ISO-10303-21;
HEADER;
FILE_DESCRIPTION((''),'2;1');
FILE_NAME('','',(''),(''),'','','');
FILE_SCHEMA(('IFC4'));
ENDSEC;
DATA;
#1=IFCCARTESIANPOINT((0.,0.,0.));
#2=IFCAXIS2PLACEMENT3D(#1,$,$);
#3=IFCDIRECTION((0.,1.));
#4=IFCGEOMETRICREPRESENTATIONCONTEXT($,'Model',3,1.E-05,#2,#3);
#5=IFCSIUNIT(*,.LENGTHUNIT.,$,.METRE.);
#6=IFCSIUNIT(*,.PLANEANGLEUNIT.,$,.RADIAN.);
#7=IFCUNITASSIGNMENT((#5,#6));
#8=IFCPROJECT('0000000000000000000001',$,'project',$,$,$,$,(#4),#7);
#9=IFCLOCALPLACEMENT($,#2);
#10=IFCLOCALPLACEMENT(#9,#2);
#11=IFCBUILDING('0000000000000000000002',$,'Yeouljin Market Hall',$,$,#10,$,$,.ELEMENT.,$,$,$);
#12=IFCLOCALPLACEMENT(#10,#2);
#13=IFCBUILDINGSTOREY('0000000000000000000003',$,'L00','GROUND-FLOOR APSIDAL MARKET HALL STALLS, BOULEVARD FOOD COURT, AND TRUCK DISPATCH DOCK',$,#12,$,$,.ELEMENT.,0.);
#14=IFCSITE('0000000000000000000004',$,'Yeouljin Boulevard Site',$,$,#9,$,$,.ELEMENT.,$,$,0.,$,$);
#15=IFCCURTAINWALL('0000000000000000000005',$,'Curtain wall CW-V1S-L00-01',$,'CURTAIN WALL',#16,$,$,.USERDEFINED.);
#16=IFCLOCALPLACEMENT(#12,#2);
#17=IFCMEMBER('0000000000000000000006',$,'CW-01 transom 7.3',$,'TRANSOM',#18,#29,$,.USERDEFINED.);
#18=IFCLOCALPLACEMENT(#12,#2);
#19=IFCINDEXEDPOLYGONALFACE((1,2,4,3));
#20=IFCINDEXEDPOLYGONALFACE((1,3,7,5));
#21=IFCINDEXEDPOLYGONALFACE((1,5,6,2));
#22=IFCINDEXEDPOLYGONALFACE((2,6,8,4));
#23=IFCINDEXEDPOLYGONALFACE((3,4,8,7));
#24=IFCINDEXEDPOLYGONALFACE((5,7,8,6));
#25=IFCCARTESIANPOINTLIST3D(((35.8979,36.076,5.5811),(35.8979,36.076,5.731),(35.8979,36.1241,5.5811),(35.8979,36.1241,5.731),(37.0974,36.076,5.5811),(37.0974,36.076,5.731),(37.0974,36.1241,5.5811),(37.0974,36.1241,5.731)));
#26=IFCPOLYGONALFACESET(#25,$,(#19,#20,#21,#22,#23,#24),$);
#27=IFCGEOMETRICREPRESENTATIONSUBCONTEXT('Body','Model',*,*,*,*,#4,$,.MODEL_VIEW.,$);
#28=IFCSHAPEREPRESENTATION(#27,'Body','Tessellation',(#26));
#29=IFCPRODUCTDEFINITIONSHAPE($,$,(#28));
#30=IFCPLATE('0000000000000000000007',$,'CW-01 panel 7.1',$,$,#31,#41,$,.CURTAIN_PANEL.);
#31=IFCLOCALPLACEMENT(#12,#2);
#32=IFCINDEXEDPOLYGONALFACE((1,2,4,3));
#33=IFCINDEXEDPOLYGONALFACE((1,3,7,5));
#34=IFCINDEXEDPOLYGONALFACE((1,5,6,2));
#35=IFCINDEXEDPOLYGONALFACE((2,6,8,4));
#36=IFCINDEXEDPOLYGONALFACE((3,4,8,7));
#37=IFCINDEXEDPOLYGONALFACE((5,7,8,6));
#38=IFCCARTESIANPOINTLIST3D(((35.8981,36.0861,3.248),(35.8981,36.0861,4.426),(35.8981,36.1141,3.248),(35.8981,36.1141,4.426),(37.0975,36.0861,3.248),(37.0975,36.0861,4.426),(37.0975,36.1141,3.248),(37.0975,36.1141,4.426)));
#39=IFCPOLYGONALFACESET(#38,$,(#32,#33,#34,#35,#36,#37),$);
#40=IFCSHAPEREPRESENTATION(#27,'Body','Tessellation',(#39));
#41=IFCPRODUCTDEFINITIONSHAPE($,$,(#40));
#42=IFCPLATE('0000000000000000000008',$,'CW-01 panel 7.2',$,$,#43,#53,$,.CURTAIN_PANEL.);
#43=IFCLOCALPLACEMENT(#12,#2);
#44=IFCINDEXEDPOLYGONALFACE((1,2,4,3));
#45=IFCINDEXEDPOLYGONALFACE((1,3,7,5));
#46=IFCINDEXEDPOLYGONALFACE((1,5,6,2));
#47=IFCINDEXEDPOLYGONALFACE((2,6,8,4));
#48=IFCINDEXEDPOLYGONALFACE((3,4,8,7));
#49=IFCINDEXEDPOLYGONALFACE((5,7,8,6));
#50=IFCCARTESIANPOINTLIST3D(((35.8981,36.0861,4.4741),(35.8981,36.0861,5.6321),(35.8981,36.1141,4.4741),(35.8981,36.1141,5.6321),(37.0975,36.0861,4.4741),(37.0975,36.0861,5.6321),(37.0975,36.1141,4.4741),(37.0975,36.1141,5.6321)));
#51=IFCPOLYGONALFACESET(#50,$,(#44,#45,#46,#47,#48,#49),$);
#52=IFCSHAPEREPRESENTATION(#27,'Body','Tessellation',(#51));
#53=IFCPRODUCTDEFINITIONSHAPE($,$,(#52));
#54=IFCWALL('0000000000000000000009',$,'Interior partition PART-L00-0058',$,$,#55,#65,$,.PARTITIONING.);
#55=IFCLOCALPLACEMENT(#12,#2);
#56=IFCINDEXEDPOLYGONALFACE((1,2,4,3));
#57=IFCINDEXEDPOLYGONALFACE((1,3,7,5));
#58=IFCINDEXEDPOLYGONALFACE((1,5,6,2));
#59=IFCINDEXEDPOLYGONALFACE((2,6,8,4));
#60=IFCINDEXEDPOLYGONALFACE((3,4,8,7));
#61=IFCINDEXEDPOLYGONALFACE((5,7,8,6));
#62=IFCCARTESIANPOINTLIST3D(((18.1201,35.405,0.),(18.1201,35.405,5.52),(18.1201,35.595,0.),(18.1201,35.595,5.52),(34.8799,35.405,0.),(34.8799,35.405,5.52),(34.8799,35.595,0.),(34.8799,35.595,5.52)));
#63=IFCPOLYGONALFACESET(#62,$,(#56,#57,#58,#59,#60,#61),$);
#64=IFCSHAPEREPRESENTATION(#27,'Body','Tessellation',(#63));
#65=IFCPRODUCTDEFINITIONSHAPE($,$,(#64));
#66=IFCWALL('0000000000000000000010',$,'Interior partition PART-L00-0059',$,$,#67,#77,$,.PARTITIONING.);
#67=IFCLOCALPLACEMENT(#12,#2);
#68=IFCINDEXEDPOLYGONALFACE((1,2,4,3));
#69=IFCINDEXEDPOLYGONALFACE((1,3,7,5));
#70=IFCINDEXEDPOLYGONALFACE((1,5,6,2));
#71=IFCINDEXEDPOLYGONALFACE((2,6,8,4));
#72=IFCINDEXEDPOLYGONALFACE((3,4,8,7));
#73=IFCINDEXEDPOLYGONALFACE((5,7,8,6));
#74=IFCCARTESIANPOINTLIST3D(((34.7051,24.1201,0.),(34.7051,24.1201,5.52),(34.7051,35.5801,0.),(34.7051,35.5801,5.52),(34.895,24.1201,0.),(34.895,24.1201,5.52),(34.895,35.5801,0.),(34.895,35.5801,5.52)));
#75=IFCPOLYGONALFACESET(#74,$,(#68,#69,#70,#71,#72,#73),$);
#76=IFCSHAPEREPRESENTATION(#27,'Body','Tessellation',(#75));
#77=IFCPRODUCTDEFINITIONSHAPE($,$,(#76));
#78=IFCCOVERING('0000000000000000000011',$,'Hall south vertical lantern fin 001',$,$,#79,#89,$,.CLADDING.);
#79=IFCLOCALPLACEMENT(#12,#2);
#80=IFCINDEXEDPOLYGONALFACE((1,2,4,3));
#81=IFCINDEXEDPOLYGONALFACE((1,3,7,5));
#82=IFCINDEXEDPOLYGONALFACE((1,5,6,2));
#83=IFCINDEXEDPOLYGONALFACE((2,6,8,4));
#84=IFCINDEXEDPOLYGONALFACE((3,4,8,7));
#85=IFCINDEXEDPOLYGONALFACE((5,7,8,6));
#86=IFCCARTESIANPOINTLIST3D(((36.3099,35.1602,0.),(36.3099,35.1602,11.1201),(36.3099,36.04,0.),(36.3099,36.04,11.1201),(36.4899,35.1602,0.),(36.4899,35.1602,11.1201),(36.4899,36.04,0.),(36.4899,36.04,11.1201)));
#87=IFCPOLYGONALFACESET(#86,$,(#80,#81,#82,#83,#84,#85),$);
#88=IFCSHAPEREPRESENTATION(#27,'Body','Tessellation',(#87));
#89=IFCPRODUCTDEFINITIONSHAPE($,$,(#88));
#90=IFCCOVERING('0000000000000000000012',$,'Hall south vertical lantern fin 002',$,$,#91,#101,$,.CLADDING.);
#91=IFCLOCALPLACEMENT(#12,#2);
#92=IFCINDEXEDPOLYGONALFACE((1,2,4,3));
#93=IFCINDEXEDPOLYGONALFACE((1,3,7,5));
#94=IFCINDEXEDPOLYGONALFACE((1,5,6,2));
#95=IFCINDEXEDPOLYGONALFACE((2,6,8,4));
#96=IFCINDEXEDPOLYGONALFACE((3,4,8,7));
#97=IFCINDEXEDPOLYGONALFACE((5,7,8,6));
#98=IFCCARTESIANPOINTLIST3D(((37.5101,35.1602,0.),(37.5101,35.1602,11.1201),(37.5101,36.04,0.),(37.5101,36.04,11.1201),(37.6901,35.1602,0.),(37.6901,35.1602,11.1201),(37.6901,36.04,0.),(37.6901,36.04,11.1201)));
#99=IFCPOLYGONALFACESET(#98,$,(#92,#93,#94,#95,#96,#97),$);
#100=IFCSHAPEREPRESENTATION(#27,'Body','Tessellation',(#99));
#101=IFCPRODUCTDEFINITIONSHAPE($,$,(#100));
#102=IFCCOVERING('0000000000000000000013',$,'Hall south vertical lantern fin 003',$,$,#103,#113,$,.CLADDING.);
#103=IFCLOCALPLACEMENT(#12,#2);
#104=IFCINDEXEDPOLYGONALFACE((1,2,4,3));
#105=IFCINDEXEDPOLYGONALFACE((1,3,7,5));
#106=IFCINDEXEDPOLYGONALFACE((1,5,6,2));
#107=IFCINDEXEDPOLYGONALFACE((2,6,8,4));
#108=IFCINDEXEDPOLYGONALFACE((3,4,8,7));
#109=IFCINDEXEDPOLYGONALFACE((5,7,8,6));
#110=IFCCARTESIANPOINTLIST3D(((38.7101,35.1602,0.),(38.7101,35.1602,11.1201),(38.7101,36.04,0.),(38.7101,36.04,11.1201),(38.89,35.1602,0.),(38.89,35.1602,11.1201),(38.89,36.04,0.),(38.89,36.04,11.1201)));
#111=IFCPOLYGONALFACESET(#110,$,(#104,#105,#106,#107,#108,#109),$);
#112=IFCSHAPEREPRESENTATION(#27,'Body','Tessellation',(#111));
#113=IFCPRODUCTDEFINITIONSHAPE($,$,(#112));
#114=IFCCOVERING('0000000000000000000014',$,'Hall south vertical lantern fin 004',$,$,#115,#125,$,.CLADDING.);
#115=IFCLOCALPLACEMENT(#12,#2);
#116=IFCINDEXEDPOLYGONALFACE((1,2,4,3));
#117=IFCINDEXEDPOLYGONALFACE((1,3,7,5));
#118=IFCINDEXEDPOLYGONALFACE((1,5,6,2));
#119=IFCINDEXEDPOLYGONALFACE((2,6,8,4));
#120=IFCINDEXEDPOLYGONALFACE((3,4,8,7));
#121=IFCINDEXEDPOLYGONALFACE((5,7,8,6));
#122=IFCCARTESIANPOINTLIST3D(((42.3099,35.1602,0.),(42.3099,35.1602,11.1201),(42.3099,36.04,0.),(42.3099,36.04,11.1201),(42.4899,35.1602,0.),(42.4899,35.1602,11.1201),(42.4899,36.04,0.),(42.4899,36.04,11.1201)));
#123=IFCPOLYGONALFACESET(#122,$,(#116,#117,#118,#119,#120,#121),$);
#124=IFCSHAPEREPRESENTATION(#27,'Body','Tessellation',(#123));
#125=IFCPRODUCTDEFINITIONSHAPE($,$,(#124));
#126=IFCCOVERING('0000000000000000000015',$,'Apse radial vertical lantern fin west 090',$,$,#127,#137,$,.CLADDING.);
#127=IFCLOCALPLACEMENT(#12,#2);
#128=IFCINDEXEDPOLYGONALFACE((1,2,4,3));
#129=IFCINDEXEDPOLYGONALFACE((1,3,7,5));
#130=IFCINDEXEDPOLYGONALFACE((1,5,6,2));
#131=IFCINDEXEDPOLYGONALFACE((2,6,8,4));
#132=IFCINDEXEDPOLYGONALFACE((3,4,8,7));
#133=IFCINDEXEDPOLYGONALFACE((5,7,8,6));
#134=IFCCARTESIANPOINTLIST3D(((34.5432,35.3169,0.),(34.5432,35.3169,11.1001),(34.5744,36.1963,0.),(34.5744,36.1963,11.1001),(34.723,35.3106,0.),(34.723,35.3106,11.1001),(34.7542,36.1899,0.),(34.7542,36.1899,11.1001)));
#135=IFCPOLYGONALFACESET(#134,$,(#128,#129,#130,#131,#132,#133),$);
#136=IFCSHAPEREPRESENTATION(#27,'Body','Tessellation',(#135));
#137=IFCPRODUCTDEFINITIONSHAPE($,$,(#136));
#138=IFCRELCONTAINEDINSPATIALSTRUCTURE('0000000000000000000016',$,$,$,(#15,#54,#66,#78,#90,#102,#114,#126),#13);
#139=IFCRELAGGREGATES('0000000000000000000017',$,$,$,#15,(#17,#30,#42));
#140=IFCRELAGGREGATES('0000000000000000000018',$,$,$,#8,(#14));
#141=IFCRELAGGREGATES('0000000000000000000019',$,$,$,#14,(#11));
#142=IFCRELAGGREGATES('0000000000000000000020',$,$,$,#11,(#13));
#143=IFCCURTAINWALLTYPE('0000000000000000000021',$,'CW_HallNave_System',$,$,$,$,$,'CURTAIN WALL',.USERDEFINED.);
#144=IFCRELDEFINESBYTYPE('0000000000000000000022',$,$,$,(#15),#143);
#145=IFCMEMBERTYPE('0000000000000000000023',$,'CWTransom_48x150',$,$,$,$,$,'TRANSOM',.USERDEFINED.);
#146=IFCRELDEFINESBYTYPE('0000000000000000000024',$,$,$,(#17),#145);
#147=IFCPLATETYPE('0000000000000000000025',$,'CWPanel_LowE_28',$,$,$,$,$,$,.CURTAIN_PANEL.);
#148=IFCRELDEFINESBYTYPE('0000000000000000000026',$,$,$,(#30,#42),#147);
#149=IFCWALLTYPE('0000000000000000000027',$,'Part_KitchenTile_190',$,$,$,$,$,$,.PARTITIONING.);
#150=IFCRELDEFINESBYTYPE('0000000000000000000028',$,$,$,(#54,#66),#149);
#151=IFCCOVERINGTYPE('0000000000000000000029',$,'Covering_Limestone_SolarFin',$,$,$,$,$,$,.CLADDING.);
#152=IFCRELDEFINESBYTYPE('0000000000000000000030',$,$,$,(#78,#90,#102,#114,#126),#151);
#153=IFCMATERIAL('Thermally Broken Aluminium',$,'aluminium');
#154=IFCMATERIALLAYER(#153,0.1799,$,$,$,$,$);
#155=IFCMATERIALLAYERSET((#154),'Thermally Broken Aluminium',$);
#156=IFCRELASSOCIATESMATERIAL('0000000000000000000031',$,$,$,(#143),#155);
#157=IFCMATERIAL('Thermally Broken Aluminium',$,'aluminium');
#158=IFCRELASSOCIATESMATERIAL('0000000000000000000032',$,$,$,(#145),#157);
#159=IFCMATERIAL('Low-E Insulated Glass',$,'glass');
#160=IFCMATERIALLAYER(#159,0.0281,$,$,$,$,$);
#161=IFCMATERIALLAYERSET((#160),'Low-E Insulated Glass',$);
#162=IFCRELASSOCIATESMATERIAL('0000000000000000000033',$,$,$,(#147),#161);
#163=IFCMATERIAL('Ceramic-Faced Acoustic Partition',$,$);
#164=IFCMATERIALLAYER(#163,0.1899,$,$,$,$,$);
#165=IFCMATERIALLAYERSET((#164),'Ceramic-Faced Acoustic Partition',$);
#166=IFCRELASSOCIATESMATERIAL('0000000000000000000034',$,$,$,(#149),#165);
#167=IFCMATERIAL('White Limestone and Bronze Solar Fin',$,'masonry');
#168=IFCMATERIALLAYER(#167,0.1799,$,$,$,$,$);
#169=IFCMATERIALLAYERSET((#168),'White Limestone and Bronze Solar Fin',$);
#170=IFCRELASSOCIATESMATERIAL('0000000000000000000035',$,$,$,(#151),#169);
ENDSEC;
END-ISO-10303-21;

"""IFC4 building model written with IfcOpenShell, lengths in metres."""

from ifc_helpers import new_model, si_unit, direction, frame, frame_2d, origin, origin_2d, place, context, subcontext, project, spatial, rectangle, extrude, material, layer, layer_set, material_profile, profile_set, type_object, element, aggregate, save


model = new_model("IFC4")

# Units and contexts
model_context = context("Model", 3, precision=1e-05, world=origin(), true_north=direction((0.0, 1.0)))
body_context = subcontext(model_context, "Body", "Model", "MODEL_VIEW")
ifc_project = project(units=[si_unit("LENGTHUNIT", "METRE"), si_unit("PLANEANGLEUNIT", "RADIAN")], contexts=[model_context])

# Site, building, storey
site_placement = place(None, origin())
site = spatial("IfcSite", under=ifc_project, at=site_placement, Name="Yeouljin Boulevard Site", CompositionType="ELEMENT", RefElevation=0.0)
building_placement = place(site_placement, origin())
building = spatial("IfcBuilding", under=site, at=building_placement, Name="Yeouljin Market Hall", CompositionType="ELEMENT")
storey_placement = place(building_placement, origin())
storey = spatial("IfcBuildingStorey", under=building, at=storey_placement, Name="L00", Description="GROUND-FLOOR APSIDAL MARKET HALL STALLS, BOULEVARD FOOD COURT, AND TRUCK DISPATCH DOCK", CompositionType="ELEMENT", Elevation=0.0)

# Curtain wall, member, plates
ifc_material_1 = material(Name="Thermally Broken Aluminium", Category="aluminium")
ifc_layer_1 = layer(ifc_material_1, 0.1799)
ifc_layer_set_1 = layer_set([ifc_layer_1], Name="Thermally Broken Aluminium")
curtain_wall_type = type_object("IfcCurtainWallType", Name="CW_HallNave_System", ElementType="CURTAIN WALL", PredefinedType="USERDEFINED", material=ifc_layer_set_1)
curtain_wall_placement = place(storey_placement, origin())
curtain_wall = element("IfcCurtainWall", 1, at=curtain_wall_placement, inside=storey, type_object=curtain_wall_type, Name="Curtain wall CW-V1S-L00-01", ObjectType="CURTAIN WALL", PredefinedType="USERDEFINED")
ifc_material_2 = material(Name="Thermally Broken Aluminium", Category="aluminium")
ifc_material_profile_1 = material_profile(ifc_material_2, rectangle(XDim=0.0481, YDim=0.1499, at=origin_2d()), Name="CW-TRAN-48x150")
ifc_profile_set_1 = profile_set([ifc_material_profile_1], Name="Thermally Broken Aluminium")
member_type_1 = type_object("IfcMemberType", Name="CWTransom_48x150", ElementType="TRANSOM", PredefinedType="USERDEFINED", material=ifc_profile_set_1)
member_1_placement = place(storey_placement, frame((37.0974, 36.1001, 5.656), z_axis=(-1.0, 0.0, 0.0), x_axis=(0.0, -1.0, 0.0)))
member_1 = element("IfcMember", 2, at=member_1_placement, type_object=member_type_1, Name="CW-01 transom 7.3", ObjectType="TRANSOM", PredefinedType="USERDEFINED", context=body_context, shape_type="SweptSolid", body=[
    extrude(rectangle(XDim=0.0481, YDim=0.1499, at=origin_2d()), origin(), (0.0, 0.0, 1.0), 1.1995),
])
ifc_material_3 = material(Name="Low-E Insulated Glass", Category="glass")
ifc_layer_2 = layer(ifc_material_3, 0.0281)
ifc_layer_set_2 = layer_set([ifc_layer_2], Name="Low-E Insulated Glass")
plate_type = type_object("IfcPlateType", Name="CWPanel_LowE_28", PredefinedType="CURTAIN_PANEL", material=ifc_layer_set_2)
plate_1_placement = place(storey_placement, frame((36.4978, 36.1001, 3.248), z_axis=(0.0, 0.0, 1.0), x_axis=(-1.0, 0.0, 0.0)))
plate_1 = element("IfcPlate", 3, at=plate_1_placement, type_object=plate_type, Name="CW-01 panel 7.1", PredefinedType="CURTAIN_PANEL", context=body_context, shape_type="SweptSolid", body=[
    extrude(rectangle(XDim=1.1995, YDim=0.0281, at=origin_2d()), origin(), (0.0, 0.0, 1.0), 1.178),
])
plate_2_placement = place(storey_placement, frame((36.4978, 36.1001, 4.4741), z_axis=(0.0, 0.0, 1.0), x_axis=(-1.0, 0.0, 0.0)))
plate_2 = element("IfcPlate", 4, at=plate_2_placement, type_object=plate_type, Name="CW-01 panel 7.2", PredefinedType="CURTAIN_PANEL", context=body_context, shape_type="SweptSolid", body=[
    extrude(rectangle(XDim=1.1995, YDim=0.0281, at=origin_2d()), origin(), (0.0, 0.0, 1.0), 1.158),
])
aggregate(curtain_wall, [member_1, plate_1, plate_2])

# Walls
ifc_material_4 = material(Name="Ceramic-Faced Acoustic Partition")
ifc_layer_3 = layer(ifc_material_4, 0.1899)
ifc_layer_set_3 = layer_set([ifc_layer_3], Name="Ceramic-Faced Acoustic Partition")
wall_type = type_object("IfcWallType", Name="Part_KitchenTile_190", PredefinedType="PARTITIONING", material=ifc_layer_set_3)
wall_1_placement = place(storey_placement, frame((34.8799, 35.5, 0.0), z_axis=(0.0, 0.0, 1.0), x_axis=(-1.0, 0.0, 0.0)))
element("IfcWall", 5, at=wall_1_placement, inside=storey, type_object=wall_type, Name="Interior partition PART-L00-0058", PredefinedType="PARTITIONING", context=body_context, shape_type="SweptSolid", body=[
    extrude(rectangle(XDim=16.7598, YDim=0.1899, at=frame_2d((8.3799, 0.0))), origin(), (0.0, 0.0, 1.0), 5.52),
])
wall_2_placement = place(storey_placement, frame((34.8, 24.1201, 0.0), z_axis=(0.0, 0.0, 1.0), x_axis=(0.0, 1.0, 0.0)))
element("IfcWall", 6, at=wall_2_placement, inside=storey, type_object=wall_type, Name="Interior partition PART-L00-0059", PredefinedType="PARTITIONING", context=body_context, shape_type="SweptSolid", body=[
    extrude(rectangle(XDim=11.46, YDim=0.1899, at=frame_2d((5.73, 0.0))), origin(), (0.0, 0.0, 1.0), 5.52),
])

# Coverings
ifc_material_5 = material(Name="White Limestone and Bronze Solar Fin", Category="masonry")
ifc_layer_4 = layer(ifc_material_5, 0.1799)
ifc_layer_set_4 = layer_set([ifc_layer_4], Name="White Limestone and Bronze Solar Fin")
covering_type = type_object("IfcCoveringType", Name="Covering_Limestone_SolarFin", PredefinedType="CLADDING", material=ifc_layer_set_4)
for number, where, z_axis, x_axis, name in (
    (7, (36.3999, 35.6001, 0.0), (0.0, 0.0, 1.0), (1.0, 0.0, 0.0), "Hall south vertical lantern fin 001"),
    (8, (37.6001, 35.6001, 0.0), (0.0, 0.0, 1.0), (1.0, 0.0, 0.0), "Hall south vertical lantern fin 002"),
    (9, (38.8, 35.6001, 0.0), (0.0, 0.0, 1.0), (1.0, 0.0, 0.0), "Hall south vertical lantern fin 003"),
    (10, (42.3999, 35.6001, 0.0), (0.0, 0.0, 1.0), (1.0, 0.0, 0.0), "Hall south vertical lantern fin 004"),
):
    element("IfcCovering", number, at=place(storey_placement, frame(where, z_axis=z_axis, x_axis=x_axis)), inside=storey, type_object=covering_type, Name=name, PredefinedType="CLADDING", context=body_context, shape_type="SweptSolid", body=[
        extrude(rectangle(XDim=0.1799, YDim=0.8799, at=origin_2d()), origin(), (0.0, 0.0, 1.0), 11.1201),
    ])
covering_placement = place(storey_placement, frame((34.6487, 35.7534, 0.0), z_axis=(0.0, 0.0, 1.0), x_axis=(-0.035423, -0.999372, 0.0)))
element("IfcCovering", 11, at=covering_placement, inside=storey, type_object=covering_type, Name="Apse radial vertical lantern fin west 090", PredefinedType="CLADDING", context=body_context, shape_type="SweptSolid", body=[
    extrude(rectangle(XDim=0.8799, YDim=0.1799, at=origin_2d()), origin(), (0.0, 0.0, 1.0), 11.1001),
])

save(model, "model.ifc")
